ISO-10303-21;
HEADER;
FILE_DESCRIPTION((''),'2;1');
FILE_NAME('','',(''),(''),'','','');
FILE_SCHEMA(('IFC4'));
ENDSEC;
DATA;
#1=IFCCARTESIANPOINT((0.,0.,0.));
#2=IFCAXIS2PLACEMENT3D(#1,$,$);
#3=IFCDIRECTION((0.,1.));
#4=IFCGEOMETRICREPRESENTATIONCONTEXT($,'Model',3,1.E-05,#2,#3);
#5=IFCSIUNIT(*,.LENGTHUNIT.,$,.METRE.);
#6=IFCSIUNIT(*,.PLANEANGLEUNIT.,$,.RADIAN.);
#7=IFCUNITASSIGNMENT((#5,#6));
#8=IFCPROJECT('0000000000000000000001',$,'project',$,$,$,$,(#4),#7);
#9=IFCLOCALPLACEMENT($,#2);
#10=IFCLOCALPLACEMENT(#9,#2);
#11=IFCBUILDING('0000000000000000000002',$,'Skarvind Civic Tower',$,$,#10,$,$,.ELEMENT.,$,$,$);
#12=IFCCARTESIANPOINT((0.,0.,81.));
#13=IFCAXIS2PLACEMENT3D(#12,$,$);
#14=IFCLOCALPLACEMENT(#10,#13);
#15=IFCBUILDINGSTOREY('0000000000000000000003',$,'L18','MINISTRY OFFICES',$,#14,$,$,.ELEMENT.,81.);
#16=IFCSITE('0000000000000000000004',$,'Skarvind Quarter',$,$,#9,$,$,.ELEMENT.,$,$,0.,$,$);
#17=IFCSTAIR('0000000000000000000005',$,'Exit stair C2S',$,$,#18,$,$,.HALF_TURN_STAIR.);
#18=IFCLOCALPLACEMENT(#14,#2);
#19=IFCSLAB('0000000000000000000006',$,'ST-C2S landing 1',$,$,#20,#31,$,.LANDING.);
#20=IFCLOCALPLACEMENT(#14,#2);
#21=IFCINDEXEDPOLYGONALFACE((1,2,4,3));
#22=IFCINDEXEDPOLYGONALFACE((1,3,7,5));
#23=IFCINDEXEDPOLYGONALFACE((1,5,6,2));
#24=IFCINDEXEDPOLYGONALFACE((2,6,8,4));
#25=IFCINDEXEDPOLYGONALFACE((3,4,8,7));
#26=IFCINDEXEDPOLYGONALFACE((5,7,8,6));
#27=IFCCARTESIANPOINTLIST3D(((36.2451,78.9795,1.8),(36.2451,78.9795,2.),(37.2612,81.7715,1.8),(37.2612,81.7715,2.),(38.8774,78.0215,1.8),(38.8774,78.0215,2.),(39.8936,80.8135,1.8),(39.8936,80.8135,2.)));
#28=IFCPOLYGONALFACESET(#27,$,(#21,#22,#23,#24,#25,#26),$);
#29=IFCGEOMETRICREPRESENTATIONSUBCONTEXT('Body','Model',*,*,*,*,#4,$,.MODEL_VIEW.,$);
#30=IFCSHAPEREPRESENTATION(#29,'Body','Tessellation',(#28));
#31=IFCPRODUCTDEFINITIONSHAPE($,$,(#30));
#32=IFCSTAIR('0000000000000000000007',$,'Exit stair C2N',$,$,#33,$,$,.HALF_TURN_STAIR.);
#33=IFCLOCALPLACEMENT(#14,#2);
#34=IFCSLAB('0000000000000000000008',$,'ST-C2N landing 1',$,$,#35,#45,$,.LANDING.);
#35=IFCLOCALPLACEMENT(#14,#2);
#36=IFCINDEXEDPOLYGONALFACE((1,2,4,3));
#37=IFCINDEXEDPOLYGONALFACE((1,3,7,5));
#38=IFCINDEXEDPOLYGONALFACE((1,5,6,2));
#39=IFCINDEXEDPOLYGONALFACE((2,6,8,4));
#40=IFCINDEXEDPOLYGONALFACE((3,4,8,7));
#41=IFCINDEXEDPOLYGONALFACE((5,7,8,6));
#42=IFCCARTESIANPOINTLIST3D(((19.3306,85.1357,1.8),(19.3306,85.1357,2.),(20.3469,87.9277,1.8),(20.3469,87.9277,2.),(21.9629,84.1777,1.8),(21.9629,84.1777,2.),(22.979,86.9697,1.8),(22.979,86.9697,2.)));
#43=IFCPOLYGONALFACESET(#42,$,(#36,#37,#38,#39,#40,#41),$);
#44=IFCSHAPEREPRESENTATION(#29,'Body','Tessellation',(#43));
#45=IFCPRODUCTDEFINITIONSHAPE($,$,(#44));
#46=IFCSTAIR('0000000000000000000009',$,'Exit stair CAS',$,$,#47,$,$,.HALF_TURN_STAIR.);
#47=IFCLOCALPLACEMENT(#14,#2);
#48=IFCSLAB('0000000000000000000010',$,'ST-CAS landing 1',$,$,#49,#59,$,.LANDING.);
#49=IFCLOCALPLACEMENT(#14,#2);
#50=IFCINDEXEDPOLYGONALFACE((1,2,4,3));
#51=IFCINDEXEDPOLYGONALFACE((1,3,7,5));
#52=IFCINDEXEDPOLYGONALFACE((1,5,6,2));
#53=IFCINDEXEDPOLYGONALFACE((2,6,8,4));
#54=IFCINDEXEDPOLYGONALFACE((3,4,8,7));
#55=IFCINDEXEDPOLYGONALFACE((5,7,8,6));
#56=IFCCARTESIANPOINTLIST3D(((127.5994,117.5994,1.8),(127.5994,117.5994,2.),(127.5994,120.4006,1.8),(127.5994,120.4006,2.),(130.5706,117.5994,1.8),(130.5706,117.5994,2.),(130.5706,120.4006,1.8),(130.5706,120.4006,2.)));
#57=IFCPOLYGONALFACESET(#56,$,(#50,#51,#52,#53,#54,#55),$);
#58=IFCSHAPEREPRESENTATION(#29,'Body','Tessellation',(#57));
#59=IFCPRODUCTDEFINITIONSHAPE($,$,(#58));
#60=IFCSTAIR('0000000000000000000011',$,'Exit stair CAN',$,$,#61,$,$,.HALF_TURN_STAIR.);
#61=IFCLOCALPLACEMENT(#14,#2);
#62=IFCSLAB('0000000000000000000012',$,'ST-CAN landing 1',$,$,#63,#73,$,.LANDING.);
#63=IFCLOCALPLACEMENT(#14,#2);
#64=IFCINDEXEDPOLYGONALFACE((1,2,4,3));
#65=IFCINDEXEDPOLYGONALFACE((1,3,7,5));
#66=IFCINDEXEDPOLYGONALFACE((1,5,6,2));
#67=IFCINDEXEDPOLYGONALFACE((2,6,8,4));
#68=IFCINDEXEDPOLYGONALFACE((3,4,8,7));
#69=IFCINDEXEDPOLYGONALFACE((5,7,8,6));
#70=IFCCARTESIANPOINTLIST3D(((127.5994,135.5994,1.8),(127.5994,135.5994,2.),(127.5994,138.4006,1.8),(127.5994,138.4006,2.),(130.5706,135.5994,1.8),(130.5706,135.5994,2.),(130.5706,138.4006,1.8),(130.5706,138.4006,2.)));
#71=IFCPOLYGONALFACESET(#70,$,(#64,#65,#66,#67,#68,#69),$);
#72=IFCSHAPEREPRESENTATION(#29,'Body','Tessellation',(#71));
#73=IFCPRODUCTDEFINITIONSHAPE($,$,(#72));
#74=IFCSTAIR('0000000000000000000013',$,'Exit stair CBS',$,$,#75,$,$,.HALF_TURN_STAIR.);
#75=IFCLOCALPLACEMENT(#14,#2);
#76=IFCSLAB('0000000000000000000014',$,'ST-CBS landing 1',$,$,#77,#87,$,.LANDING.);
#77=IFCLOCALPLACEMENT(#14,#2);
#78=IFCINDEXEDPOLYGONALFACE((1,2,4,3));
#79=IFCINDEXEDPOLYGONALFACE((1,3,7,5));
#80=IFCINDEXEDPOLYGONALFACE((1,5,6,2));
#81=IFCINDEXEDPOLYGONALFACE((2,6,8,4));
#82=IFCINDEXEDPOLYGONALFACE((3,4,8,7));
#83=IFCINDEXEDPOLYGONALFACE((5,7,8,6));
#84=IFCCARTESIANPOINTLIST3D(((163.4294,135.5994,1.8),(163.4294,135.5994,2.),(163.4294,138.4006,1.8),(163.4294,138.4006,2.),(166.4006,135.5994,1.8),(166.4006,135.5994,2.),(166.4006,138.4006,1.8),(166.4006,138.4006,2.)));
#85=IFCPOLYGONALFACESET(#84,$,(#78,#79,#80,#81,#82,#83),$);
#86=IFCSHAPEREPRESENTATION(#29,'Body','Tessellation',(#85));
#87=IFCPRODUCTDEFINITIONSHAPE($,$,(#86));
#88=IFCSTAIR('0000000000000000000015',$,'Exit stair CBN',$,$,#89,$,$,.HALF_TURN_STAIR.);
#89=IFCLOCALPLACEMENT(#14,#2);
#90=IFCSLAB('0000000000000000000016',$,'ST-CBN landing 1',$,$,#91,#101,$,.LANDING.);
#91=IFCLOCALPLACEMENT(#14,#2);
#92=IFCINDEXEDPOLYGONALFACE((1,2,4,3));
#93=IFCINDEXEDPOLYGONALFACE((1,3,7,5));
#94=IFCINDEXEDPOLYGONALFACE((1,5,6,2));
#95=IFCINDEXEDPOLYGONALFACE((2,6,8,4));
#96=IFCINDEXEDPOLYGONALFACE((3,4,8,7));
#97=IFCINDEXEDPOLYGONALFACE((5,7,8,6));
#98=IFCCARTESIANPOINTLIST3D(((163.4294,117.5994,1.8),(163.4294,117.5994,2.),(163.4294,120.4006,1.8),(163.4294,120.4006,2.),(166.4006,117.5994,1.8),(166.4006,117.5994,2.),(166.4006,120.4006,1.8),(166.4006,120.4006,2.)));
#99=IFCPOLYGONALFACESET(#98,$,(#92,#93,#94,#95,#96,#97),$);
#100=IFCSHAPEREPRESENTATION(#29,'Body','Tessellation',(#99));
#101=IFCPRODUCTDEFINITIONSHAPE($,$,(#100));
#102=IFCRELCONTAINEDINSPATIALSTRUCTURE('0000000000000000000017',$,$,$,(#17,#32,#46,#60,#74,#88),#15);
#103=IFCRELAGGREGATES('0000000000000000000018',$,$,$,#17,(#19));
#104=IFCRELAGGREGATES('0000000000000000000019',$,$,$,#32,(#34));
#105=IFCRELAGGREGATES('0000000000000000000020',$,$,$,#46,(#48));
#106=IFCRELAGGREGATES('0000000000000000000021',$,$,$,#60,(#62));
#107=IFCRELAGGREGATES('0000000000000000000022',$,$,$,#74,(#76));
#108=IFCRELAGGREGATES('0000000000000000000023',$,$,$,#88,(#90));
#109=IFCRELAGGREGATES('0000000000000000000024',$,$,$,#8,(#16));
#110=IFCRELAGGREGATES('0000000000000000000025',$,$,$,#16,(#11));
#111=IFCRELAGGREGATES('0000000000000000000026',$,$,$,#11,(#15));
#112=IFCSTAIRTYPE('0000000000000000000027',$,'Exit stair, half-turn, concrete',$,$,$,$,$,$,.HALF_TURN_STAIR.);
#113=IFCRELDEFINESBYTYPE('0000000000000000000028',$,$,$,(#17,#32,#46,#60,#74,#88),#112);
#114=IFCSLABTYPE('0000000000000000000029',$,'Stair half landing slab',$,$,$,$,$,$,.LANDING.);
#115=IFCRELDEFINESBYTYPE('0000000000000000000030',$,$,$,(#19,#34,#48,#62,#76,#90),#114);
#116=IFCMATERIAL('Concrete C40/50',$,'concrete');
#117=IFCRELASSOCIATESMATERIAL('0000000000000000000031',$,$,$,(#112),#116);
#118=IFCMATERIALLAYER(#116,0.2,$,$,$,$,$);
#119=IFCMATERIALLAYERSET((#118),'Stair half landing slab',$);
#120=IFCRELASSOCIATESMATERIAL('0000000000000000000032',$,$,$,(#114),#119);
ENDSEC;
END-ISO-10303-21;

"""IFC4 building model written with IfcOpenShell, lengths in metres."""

from ifc_helpers import new_model, si_unit, direction, frame, origin, place, context, subcontext, project, spatial, polyline, outline, extrude, material, layer, layer_set, type_object, element, aggregate, save


model = new_model("IFC4")

# Units and contexts
model_context = context("Model", 3, precision=1e-05, world=origin(), true_north=direction((0.0, 1.0)))
body_context = subcontext(model_context, "Body", "Model", "MODEL_VIEW")
ifc_project = project(units=[si_unit("LENGTHUNIT", "METRE"), si_unit("PLANEANGLEUNIT", "RADIAN")], contexts=[model_context])

# Site, building, storey
site_placement = place(None, origin())
site = spatial("IfcSite", under=ifc_project, at=site_placement, Name="Skarvind Quarter", CompositionType="ELEMENT", RefElevation=0.0)
building_placement = place(site_placement, origin())
building = spatial("IfcBuilding", under=site, at=building_placement, Name="Skarvind Civic Tower", CompositionType="ELEMENT")
storey_placement = place(building_placement, frame((0.0, 0.0, 81.0)))
storey = spatial("IfcBuildingStorey", under=building, at=storey_placement, Name="L18", Description="MINISTRY OFFICES", CompositionType="ELEMENT", Elevation=81.0)

# Shared definitions
ifc_material_1 = material(Name="Concrete C40/50", Category="concrete")

# Stairs, slabs
stair_type = type_object("IfcStairType", Name="Exit stair, half-turn, concrete", PredefinedType="HALF_TURN_STAIR", material=ifc_material_1)
ifc_layer_1 = layer(ifc_material_1, 0.2)
ifc_layer_set_1 = layer_set([ifc_layer_1], Name="Stair half landing slab")
slab_type_1 = type_object("IfcSlabType", Name="Stair half landing slab", PredefinedType="LANDING", material=ifc_layer_set_1)
stair_1_placement = place(storey_placement, origin())
stair_1 = element("IfcStair", 1, at=stair_1_placement, inside=storey, type_object=stair_type, Name="Exit stair C2S", PredefinedType="HALF_TURN_STAIR")
slab_1_placement = place(storey_placement, frame((0.0, 0.0, 1.8)))
slab_1 = element("IfcSlab", 2, at=slab_1_placement, type_object=slab_type_1, Name="ST-C2S landing 1", PredefinedType="LANDING", context=body_context, shape_type="SweptSolid", body=[
    extrude(outline(polyline([(37.2612, 81.7715), (39.8936, 80.8135), (38.8774, 78.0215), (36.2451, 78.9795), (37.2612, 81.7715)])), origin(), (0.0, 0.0, 1.0), 0.2),
])
aggregate(stair_1, [slab_1])
stair_2_placement = place(storey_placement, origin())
stair_2 = element("IfcStair", 3, at=stair_2_placement, inside=storey, type_object=stair_type, Name="Exit stair C2N", PredefinedType="HALF_TURN_STAIR")
slab_2_placement = place(storey_placement, frame((0.0, 0.0, 1.8)))
slab_2 = element("IfcSlab", 4, at=slab_2_placement, type_object=slab_type_1, Name="ST-C2N landing 1", PredefinedType="LANDING", context=body_context, shape_type="SweptSolid", body=[
    extrude(outline(polyline([(20.3469, 87.9277), (22.979, 86.9697), (21.9629, 84.1777), (19.3306, 85.1357), (20.3469, 87.9277)])), origin(), (0.0, 0.0, 1.0), 0.2),
])
aggregate(stair_2, [slab_2])
stair_3_placement = place(storey_placement, origin())
stair_3 = element("IfcStair", 5, at=stair_3_placement, inside=storey, type_object=stair_type, Name="Exit stair CAS", PredefinedType="HALF_TURN_STAIR")
slab_3_placement = place(storey_placement, frame((0.0, 0.0, 1.8)))
slab_3 = element("IfcSlab", 6, at=slab_3_placement, type_object=slab_type_1, Name="ST-CAS landing 1", PredefinedType="LANDING", context=body_context, shape_type="SweptSolid", body=[
    extrude(outline(polyline([(130.5706, 120.4006), (130.5706, 117.5994), (127.5994, 117.5994), (127.5994, 120.4006), (130.5706, 120.4006)])), origin(), (0.0, 0.0, 1.0), 0.2),
])
aggregate(stair_3, [slab_3])
stair_4_placement = place(storey_placement, origin())
stair_4 = element("IfcStair", 7, at=stair_4_placement, inside=storey, type_object=stair_type, Name="Exit stair CAN", PredefinedType="HALF_TURN_STAIR")
slab_4_placement = place(storey_placement, frame((0.0, 0.0, 1.8)))
slab_4 = element("IfcSlab", 8, at=slab_4_placement, type_object=slab_type_1, Name="ST-CAN landing 1", PredefinedType="LANDING", context=body_context, shape_type="SweptSolid", body=[
    extrude(outline(polyline([(130.5706, 138.4006), (130.5706, 135.5994), (127.5994, 135.5994), (127.5994, 138.4006), (130.5706, 138.4006)])), origin(), (0.0, 0.0, 1.0), 0.2),
])
aggregate(stair_4, [slab_4])
stair_5_placement = place(storey_placement, origin())
stair_5 = element("IfcStair", 9, at=stair_5_placement, inside=storey, type_object=stair_type, Name="Exit stair CBS", PredefinedType="HALF_TURN_STAIR")
slab_5_placement = place(storey_placement, frame((0.0, 0.0, 1.8)))
slab_5 = element("IfcSlab", 10, at=slab_5_placement, type_object=slab_type_1, Name="ST-CBS landing 1", PredefinedType="LANDING", context=body_context, shape_type="SweptSolid", body=[
    extrude(outline(polyline([(163.4294, 135.5994), (163.4294, 138.4006), (166.4006, 138.4006), (166.4006, 135.5994), (163.4294, 135.5994)])), origin(), (0.0, 0.0, 1.0), 0.2),
])
aggregate(stair_5, [slab_5])
stair_6_placement = place(storey_placement, origin())
stair_6 = element("IfcStair", 11, at=stair_6_placement, inside=storey, type_object=stair_type, Name="Exit stair CBN", PredefinedType="HALF_TURN_STAIR")
slab_6_placement = place(storey_placement, frame((0.0, 0.0, 1.8)))
slab_6 = element("IfcSlab", 12, at=slab_6_placement, type_object=slab_type_1, Name="ST-CBN landing 1", PredefinedType="LANDING", context=body_context, shape_type="SweptSolid", body=[
    extrude(outline(polyline([(163.4294, 117.5994), (163.4294, 120.4006), (166.4006, 120.4006), (166.4006, 117.5994), (163.4294, 117.5994)])), origin(), (0.0, 0.0, 1.0), 0.2),
])
aggregate(stair_6, [slab_6])

save(model, "model.ifc")
